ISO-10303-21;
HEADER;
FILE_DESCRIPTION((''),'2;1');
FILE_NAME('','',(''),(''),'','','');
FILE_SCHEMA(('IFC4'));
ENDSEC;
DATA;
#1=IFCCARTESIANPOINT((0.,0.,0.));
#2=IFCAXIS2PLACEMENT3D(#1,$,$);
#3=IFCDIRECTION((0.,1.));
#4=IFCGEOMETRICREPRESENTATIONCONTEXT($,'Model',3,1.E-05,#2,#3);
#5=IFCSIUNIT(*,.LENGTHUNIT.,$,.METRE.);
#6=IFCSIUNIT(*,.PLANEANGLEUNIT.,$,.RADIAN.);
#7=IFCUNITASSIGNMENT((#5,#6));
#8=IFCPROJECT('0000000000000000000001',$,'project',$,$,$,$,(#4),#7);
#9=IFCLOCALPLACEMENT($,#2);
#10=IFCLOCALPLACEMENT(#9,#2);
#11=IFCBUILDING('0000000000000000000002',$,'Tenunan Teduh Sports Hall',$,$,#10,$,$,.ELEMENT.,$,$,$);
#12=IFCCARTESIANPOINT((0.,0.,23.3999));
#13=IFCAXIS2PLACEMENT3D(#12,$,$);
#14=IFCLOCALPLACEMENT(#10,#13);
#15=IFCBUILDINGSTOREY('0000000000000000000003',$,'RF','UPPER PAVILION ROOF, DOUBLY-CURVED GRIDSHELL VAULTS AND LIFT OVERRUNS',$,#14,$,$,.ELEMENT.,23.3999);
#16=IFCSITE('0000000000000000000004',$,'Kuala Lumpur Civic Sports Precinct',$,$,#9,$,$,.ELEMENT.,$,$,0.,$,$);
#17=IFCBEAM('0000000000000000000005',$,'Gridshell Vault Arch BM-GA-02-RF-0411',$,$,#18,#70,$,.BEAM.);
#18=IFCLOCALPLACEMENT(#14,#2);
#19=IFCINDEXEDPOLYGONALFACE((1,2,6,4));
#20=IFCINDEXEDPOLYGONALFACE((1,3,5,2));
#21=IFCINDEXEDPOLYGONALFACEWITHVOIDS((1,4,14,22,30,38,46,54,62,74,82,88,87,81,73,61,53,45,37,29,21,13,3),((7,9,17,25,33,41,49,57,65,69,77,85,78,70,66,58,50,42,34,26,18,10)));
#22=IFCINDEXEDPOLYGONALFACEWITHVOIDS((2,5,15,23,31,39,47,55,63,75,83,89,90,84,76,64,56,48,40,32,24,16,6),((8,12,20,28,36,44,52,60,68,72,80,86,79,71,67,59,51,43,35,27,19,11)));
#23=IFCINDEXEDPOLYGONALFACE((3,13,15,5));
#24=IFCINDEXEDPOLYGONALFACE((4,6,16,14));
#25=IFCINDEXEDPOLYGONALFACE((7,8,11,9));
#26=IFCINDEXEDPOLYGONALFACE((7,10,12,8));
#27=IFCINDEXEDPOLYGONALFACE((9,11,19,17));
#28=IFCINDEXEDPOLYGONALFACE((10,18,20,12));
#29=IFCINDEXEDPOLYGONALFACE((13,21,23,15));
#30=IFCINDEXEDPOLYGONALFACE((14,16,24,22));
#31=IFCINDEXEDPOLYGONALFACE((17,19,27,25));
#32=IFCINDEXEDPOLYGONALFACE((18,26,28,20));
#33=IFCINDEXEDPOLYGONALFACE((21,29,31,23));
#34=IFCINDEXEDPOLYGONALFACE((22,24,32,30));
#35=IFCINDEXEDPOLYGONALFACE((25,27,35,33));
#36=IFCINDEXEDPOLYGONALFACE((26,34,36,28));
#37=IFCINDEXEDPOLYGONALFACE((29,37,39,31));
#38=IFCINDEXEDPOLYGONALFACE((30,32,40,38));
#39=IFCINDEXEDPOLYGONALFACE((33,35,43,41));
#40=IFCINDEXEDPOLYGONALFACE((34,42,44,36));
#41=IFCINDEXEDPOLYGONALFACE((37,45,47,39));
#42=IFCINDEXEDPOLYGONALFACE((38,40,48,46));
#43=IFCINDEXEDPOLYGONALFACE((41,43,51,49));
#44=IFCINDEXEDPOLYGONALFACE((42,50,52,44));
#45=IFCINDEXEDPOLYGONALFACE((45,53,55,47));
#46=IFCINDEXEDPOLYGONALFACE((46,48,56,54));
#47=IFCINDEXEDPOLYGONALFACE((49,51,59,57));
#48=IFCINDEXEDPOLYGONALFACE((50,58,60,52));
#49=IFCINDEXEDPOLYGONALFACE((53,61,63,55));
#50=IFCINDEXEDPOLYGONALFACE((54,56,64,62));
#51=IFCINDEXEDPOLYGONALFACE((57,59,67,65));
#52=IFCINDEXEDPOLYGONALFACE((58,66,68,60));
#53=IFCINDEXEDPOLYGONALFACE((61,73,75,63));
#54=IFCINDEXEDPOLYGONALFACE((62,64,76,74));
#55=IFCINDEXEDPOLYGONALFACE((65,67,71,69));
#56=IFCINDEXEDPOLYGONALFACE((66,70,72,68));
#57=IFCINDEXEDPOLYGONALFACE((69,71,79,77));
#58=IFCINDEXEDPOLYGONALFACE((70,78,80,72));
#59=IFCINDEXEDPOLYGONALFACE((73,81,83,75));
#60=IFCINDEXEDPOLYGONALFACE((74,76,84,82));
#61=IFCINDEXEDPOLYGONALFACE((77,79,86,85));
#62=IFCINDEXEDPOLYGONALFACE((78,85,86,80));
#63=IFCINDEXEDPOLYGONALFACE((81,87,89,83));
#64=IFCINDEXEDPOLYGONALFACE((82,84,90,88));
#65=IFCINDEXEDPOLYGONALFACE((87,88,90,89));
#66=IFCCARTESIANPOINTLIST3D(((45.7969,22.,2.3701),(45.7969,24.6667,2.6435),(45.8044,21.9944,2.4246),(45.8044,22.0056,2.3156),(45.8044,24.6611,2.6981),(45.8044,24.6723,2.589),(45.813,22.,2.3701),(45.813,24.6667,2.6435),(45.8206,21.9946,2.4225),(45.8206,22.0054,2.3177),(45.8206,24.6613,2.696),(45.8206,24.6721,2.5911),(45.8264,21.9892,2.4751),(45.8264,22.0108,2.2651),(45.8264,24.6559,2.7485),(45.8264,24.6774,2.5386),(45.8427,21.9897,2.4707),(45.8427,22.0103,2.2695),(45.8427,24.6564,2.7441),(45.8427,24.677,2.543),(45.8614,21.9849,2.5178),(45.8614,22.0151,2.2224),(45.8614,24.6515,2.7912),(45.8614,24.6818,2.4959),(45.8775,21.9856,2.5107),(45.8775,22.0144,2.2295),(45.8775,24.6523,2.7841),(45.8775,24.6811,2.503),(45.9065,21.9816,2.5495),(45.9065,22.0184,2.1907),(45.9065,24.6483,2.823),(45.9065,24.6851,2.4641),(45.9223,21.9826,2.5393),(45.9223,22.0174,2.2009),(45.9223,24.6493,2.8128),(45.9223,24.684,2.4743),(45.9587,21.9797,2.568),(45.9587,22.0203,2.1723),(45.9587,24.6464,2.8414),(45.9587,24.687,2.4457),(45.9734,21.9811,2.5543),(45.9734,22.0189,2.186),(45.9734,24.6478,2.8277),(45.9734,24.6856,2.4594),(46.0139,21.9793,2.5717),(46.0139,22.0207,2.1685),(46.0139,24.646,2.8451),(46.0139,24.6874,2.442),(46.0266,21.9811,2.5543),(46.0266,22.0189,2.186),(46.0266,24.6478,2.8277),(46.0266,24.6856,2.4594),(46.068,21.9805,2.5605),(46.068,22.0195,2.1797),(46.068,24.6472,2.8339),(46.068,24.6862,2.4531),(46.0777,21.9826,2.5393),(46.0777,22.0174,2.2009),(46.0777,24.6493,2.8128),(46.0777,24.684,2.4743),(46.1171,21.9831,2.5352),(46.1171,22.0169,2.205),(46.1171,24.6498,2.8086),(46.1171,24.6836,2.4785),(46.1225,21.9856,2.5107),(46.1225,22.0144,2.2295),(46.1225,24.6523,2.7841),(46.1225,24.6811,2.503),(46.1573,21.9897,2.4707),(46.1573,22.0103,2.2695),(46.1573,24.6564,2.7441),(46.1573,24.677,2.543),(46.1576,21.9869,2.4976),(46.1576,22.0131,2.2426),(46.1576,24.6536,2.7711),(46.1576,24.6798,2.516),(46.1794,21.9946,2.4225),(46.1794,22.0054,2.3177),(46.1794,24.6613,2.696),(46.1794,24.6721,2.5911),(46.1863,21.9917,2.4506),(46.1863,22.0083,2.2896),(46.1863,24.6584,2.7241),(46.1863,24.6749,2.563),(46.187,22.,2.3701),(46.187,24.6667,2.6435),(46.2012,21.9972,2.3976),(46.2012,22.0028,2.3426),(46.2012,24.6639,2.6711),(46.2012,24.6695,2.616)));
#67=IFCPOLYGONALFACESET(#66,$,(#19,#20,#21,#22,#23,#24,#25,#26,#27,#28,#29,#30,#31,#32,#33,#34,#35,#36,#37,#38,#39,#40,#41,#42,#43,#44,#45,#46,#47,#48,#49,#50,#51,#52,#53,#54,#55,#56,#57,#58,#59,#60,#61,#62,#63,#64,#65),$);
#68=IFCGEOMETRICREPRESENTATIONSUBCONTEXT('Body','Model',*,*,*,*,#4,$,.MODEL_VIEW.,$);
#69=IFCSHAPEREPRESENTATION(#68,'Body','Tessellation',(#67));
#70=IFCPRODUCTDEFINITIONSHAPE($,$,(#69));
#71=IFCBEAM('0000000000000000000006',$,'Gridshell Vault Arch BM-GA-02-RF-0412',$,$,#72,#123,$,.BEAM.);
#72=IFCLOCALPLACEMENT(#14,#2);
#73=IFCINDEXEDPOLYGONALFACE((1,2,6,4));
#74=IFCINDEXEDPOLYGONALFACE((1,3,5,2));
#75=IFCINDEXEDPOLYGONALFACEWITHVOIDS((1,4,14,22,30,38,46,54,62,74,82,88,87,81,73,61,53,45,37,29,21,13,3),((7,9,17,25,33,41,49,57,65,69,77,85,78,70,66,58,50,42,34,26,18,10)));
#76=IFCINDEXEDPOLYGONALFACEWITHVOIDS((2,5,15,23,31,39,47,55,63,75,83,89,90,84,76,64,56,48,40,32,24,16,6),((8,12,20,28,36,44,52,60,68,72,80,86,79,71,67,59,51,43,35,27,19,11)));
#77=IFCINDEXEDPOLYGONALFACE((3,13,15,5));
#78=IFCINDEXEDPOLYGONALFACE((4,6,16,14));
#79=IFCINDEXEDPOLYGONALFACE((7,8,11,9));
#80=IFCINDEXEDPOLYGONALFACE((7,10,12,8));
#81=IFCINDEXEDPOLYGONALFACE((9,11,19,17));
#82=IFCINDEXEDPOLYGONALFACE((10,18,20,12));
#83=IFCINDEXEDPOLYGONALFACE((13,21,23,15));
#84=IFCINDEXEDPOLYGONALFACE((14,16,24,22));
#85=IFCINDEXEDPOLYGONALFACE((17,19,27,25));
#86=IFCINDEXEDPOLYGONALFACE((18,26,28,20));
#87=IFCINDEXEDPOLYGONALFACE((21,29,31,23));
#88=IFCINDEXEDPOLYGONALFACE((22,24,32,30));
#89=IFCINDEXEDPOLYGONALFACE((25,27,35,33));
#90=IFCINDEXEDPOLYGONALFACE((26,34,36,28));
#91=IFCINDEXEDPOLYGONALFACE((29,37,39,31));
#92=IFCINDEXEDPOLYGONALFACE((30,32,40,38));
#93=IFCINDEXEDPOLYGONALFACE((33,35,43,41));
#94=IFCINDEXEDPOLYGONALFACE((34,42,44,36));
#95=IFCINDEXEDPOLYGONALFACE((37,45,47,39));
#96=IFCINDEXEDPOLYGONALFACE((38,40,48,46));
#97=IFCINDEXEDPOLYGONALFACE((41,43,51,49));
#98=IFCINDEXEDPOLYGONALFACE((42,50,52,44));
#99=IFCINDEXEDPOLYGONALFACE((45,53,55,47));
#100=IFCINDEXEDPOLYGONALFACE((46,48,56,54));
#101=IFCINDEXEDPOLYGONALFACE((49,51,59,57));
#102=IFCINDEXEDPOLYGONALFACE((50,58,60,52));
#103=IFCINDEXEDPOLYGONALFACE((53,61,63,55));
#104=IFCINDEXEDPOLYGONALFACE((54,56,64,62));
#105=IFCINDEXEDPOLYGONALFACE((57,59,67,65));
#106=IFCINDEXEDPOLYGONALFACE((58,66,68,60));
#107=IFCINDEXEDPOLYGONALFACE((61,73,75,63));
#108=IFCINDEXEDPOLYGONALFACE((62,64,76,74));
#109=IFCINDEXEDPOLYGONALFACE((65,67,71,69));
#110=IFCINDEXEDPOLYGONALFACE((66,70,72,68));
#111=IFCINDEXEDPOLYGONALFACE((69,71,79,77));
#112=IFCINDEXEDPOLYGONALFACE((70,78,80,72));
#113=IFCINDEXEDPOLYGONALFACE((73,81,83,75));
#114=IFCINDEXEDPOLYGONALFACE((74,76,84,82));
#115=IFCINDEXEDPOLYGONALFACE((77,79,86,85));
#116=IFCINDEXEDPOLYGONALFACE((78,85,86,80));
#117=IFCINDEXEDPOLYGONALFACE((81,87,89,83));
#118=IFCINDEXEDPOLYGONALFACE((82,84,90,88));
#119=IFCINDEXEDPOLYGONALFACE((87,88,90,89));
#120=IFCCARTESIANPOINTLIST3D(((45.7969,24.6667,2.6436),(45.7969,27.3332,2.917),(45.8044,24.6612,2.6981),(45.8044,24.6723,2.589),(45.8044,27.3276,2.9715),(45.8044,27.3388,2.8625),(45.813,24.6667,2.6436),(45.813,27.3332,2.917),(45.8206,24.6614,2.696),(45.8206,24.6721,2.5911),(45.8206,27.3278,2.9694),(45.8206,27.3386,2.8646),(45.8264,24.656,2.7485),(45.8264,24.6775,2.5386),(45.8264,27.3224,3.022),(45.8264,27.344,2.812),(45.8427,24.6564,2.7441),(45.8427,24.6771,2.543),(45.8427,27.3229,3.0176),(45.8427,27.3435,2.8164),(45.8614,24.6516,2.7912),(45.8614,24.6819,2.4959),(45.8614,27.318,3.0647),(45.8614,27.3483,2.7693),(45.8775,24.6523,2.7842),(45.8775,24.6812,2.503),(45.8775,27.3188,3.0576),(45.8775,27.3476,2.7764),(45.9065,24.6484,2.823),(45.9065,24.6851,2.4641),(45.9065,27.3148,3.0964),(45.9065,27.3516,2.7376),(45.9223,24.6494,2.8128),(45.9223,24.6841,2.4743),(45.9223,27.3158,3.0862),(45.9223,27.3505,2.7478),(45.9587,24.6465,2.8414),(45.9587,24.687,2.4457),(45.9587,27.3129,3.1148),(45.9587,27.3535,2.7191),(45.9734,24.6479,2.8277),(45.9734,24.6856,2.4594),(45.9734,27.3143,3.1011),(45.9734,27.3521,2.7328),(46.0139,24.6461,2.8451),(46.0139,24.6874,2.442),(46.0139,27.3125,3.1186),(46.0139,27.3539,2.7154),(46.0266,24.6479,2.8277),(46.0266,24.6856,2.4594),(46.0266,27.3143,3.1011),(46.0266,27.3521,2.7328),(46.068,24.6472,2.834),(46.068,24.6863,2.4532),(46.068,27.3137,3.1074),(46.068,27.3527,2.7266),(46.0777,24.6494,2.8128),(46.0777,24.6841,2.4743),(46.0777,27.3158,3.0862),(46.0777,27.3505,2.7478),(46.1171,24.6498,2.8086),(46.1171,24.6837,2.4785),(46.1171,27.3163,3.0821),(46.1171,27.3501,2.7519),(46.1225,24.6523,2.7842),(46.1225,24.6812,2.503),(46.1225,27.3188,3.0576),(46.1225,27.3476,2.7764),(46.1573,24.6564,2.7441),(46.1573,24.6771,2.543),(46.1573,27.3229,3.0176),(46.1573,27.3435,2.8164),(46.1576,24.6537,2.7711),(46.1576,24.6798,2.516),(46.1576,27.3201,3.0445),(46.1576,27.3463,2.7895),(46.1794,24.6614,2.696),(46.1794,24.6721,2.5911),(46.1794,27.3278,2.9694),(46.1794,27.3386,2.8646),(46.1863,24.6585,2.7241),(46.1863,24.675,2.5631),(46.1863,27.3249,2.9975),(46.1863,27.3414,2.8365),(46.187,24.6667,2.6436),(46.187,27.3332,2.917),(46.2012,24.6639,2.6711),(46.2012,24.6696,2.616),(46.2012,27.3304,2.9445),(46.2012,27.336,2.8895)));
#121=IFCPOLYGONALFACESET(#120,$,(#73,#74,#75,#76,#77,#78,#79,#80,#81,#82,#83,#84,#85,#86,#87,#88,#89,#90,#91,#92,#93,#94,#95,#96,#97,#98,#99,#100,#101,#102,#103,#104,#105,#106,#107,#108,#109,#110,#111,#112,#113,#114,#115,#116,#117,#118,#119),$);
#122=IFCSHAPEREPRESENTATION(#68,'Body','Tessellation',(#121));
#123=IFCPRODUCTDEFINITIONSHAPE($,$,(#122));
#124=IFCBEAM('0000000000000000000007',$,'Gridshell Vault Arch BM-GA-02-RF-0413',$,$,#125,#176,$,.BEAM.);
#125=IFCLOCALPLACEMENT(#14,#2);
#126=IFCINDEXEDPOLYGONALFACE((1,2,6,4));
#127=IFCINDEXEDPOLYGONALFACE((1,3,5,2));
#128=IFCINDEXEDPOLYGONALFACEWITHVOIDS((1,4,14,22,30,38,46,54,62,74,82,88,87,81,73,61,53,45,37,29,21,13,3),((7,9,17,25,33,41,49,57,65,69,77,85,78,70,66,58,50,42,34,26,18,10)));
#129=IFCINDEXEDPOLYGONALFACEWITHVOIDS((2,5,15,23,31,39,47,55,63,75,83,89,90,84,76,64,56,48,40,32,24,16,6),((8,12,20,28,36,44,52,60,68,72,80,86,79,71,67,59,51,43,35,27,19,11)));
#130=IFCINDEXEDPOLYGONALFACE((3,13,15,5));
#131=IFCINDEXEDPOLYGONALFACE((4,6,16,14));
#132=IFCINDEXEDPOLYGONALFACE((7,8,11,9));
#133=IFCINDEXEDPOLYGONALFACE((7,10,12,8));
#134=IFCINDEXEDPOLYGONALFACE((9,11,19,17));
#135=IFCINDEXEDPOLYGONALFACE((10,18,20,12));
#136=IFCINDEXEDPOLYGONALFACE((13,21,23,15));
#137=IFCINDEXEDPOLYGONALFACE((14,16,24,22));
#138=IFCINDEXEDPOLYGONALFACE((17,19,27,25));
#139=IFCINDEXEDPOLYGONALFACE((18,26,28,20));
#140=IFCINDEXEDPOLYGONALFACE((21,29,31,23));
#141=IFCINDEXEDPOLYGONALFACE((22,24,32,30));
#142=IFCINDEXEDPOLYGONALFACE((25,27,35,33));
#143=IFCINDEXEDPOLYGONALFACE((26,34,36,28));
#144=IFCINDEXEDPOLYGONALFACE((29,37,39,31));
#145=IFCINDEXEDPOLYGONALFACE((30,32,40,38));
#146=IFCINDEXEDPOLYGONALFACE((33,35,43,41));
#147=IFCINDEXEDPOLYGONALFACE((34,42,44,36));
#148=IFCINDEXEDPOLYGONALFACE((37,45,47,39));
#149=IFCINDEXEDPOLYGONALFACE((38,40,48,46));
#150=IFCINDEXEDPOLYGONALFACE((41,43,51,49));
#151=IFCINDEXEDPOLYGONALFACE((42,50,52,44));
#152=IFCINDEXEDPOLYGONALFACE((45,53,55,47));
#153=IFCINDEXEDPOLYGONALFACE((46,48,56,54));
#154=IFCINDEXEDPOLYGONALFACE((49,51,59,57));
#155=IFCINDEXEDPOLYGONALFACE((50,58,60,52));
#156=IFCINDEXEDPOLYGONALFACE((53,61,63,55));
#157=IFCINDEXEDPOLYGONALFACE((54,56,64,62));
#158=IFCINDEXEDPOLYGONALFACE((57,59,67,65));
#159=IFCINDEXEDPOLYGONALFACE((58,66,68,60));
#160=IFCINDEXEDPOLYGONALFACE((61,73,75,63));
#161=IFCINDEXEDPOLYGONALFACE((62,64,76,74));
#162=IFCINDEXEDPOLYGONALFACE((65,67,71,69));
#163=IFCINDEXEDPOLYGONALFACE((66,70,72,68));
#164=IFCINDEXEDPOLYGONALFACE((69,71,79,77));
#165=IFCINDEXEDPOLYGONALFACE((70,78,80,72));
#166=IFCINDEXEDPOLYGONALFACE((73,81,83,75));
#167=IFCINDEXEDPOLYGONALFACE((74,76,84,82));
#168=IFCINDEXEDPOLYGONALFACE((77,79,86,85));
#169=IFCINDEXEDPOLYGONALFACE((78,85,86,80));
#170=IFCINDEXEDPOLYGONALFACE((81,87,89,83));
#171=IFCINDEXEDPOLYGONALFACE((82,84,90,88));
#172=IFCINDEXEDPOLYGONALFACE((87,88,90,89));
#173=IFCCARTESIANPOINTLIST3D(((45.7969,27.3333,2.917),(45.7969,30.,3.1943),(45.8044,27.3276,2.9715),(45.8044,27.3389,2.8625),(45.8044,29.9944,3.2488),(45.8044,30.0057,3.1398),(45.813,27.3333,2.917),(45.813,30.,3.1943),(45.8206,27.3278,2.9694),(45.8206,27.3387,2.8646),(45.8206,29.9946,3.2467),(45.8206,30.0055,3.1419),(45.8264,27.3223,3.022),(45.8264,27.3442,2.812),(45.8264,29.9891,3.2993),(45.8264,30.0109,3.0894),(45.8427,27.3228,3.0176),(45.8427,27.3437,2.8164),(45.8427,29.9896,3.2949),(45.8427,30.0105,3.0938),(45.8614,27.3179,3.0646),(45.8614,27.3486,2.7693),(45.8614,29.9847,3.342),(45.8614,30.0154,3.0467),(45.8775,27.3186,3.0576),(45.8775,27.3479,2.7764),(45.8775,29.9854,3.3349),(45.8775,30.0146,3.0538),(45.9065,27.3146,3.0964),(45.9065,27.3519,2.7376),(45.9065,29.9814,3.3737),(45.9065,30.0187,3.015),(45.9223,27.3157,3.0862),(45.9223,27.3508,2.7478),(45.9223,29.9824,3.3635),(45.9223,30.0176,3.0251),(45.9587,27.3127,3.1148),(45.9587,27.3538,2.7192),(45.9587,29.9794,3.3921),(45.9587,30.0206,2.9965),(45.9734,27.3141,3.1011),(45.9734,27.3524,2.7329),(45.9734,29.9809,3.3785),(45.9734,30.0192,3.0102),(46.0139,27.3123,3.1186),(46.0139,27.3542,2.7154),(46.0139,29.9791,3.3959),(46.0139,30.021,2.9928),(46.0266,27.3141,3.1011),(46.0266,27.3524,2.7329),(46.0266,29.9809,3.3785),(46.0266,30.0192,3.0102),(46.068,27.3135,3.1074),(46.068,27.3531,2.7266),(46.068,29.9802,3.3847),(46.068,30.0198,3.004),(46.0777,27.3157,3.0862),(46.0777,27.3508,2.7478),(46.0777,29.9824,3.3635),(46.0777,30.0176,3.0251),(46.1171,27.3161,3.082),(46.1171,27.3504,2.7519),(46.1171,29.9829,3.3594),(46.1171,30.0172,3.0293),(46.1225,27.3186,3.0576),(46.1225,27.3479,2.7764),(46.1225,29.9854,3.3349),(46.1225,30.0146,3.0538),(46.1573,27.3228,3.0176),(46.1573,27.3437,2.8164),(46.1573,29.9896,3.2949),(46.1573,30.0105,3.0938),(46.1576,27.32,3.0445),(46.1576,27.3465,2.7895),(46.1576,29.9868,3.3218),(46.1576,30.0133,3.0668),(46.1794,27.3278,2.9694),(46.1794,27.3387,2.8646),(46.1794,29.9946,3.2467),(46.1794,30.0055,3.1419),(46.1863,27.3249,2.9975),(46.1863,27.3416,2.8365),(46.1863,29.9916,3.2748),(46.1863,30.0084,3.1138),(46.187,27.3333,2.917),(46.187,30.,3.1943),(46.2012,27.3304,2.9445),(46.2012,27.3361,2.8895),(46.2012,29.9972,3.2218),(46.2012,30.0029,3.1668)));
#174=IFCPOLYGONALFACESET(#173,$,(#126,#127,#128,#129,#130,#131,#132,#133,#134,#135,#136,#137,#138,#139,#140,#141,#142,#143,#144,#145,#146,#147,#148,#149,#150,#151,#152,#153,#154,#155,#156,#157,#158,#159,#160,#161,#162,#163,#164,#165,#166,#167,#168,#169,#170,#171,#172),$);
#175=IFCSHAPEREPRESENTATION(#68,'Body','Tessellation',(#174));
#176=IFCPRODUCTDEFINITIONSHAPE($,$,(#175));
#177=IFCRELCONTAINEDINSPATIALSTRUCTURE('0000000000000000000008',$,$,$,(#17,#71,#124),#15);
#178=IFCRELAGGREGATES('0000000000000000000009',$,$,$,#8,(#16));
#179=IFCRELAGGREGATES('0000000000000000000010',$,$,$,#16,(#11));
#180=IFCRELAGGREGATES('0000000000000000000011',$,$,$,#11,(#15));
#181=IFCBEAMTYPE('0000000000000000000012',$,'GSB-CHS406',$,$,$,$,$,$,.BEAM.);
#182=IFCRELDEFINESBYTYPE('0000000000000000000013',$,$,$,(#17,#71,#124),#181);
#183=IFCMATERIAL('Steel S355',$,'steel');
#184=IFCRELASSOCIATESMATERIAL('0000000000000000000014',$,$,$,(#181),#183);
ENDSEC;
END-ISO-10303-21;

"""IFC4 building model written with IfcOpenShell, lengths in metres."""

from ifc_helpers import new_model, si_unit, direction, frame, origin, origin_2d, place, context, subcontext, project, spatial, hollow_circle, extrude, material, material_profile, profile_set, type_object, element, save


model = new_model("IFC4")

# Units and contexts
model_context = context("Model", 3, precision=1e-05, world=origin(), true_north=direction((0.0, 1.0)))
body_context = subcontext(model_context, "Body", "Model", "MODEL_VIEW")
ifc_project = project(units=[si_unit("LENGTHUNIT", "METRE"), si_unit("PLANEANGLEUNIT", "RADIAN")], contexts=[model_context])

# Site, building, storey
site_placement = place(None, origin())
site = spatial("IfcSite", under=ifc_project, at=site_placement, Name="Kuala Lumpur Civic Sports Precinct", CompositionType="ELEMENT", RefElevation=0.0)
building_placement = place(site_placement, origin())
building = spatial("IfcBuilding", under=site, at=building_placement, Name="Tenunan Teduh Sports Hall", CompositionType="ELEMENT")
storey_placement = place(building_placement, frame((0.0, 0.0, 23.3999)))
storey = spatial("IfcBuildingStorey", under=building, at=storey_placement, Name="RF", Description="UPPER PAVILION ROOF, DOUBLY-CURVED GRIDSHELL VAULTS AND LIFT OVERRUNS", CompositionType="ELEMENT", Elevation=23.3999)

# Beams
ifc_material_1 = material(Name="Steel S355", Category="steel")
ifc_material_profile_1 = material_profile(ifc_material_1, hollow_circle(Radius=0.2031, WallThickness=0.0161, at=origin_2d()), Name="CHS 406.4x16.0")
ifc_profile_set_1 = profile_set([ifc_material_profile_1], Name="Steel S355")
beam_type_1 = type_object("IfcBeamType", Name="GSB-CHS406", PredefinedType="BEAM", material=ifc_profile_set_1)
beam_1_placement = place(storey_placement, frame((46.0, 22.0, 2.3701), z_axis=(0.0, 0.994784, 0.102001), x_axis=(-1.0, 0.0, 0.0)))
element("IfcBeam", 1, at=beam_1_placement, inside=storey, type_object=beam_type_1, Name="Gridshell Vault Arch BM-GA-02-RF-0411", PredefinedType="BEAM", context=body_context, shape_type="SweptSolid", body=[
    extrude(hollow_circle(Radius=0.2031, WallThickness=0.0161, at=origin_2d()), origin(), (0.0, 0.0, 1.0), 2.6807),
])
beam_2_placement = place(storey_placement, frame((46.0, 24.6667, 2.6436), z_axis=(0.0, 0.994783, 0.10201), x_axis=(-1.0, 0.0, 0.0)))
element("IfcBeam", 2, at=beam_2_placement, inside=storey, type_object=beam_type_1, Name="Gridshell Vault Arch BM-GA-02-RF-0412", PredefinedType="BEAM", context=body_context, shape_type="SweptSolid", body=[
    extrude(hollow_circle(Radius=0.2031, WallThickness=0.0161, at=origin_2d()), origin(), (0.0, 0.0, 1.0), 2.6804),
])
for number, where, z_axis, x_axis, name in (
    (3, (46.0, 27.3333, 2.917), (0.0, 0.994635, 0.103443), (-1.0, 0.0, 0.0), "Gridshell Vault Arch BM-GA-02-RF-0413"),
):
    element("IfcBeam", number, at=place(storey_placement, frame(where, z_axis=z_axis, x_axis=x_axis)), inside=storey, type_object=beam_type_1, Name=name, PredefinedType="BEAM", context=body_context, shape_type="SweptSolid", body=[
        extrude(hollow_circle(Radius=0.2031, WallThickness=0.0161, at=origin_2d()), origin(), (0.0, 0.0, 1.0), 2.6812),
    ])

save(model, "model.ifc")
